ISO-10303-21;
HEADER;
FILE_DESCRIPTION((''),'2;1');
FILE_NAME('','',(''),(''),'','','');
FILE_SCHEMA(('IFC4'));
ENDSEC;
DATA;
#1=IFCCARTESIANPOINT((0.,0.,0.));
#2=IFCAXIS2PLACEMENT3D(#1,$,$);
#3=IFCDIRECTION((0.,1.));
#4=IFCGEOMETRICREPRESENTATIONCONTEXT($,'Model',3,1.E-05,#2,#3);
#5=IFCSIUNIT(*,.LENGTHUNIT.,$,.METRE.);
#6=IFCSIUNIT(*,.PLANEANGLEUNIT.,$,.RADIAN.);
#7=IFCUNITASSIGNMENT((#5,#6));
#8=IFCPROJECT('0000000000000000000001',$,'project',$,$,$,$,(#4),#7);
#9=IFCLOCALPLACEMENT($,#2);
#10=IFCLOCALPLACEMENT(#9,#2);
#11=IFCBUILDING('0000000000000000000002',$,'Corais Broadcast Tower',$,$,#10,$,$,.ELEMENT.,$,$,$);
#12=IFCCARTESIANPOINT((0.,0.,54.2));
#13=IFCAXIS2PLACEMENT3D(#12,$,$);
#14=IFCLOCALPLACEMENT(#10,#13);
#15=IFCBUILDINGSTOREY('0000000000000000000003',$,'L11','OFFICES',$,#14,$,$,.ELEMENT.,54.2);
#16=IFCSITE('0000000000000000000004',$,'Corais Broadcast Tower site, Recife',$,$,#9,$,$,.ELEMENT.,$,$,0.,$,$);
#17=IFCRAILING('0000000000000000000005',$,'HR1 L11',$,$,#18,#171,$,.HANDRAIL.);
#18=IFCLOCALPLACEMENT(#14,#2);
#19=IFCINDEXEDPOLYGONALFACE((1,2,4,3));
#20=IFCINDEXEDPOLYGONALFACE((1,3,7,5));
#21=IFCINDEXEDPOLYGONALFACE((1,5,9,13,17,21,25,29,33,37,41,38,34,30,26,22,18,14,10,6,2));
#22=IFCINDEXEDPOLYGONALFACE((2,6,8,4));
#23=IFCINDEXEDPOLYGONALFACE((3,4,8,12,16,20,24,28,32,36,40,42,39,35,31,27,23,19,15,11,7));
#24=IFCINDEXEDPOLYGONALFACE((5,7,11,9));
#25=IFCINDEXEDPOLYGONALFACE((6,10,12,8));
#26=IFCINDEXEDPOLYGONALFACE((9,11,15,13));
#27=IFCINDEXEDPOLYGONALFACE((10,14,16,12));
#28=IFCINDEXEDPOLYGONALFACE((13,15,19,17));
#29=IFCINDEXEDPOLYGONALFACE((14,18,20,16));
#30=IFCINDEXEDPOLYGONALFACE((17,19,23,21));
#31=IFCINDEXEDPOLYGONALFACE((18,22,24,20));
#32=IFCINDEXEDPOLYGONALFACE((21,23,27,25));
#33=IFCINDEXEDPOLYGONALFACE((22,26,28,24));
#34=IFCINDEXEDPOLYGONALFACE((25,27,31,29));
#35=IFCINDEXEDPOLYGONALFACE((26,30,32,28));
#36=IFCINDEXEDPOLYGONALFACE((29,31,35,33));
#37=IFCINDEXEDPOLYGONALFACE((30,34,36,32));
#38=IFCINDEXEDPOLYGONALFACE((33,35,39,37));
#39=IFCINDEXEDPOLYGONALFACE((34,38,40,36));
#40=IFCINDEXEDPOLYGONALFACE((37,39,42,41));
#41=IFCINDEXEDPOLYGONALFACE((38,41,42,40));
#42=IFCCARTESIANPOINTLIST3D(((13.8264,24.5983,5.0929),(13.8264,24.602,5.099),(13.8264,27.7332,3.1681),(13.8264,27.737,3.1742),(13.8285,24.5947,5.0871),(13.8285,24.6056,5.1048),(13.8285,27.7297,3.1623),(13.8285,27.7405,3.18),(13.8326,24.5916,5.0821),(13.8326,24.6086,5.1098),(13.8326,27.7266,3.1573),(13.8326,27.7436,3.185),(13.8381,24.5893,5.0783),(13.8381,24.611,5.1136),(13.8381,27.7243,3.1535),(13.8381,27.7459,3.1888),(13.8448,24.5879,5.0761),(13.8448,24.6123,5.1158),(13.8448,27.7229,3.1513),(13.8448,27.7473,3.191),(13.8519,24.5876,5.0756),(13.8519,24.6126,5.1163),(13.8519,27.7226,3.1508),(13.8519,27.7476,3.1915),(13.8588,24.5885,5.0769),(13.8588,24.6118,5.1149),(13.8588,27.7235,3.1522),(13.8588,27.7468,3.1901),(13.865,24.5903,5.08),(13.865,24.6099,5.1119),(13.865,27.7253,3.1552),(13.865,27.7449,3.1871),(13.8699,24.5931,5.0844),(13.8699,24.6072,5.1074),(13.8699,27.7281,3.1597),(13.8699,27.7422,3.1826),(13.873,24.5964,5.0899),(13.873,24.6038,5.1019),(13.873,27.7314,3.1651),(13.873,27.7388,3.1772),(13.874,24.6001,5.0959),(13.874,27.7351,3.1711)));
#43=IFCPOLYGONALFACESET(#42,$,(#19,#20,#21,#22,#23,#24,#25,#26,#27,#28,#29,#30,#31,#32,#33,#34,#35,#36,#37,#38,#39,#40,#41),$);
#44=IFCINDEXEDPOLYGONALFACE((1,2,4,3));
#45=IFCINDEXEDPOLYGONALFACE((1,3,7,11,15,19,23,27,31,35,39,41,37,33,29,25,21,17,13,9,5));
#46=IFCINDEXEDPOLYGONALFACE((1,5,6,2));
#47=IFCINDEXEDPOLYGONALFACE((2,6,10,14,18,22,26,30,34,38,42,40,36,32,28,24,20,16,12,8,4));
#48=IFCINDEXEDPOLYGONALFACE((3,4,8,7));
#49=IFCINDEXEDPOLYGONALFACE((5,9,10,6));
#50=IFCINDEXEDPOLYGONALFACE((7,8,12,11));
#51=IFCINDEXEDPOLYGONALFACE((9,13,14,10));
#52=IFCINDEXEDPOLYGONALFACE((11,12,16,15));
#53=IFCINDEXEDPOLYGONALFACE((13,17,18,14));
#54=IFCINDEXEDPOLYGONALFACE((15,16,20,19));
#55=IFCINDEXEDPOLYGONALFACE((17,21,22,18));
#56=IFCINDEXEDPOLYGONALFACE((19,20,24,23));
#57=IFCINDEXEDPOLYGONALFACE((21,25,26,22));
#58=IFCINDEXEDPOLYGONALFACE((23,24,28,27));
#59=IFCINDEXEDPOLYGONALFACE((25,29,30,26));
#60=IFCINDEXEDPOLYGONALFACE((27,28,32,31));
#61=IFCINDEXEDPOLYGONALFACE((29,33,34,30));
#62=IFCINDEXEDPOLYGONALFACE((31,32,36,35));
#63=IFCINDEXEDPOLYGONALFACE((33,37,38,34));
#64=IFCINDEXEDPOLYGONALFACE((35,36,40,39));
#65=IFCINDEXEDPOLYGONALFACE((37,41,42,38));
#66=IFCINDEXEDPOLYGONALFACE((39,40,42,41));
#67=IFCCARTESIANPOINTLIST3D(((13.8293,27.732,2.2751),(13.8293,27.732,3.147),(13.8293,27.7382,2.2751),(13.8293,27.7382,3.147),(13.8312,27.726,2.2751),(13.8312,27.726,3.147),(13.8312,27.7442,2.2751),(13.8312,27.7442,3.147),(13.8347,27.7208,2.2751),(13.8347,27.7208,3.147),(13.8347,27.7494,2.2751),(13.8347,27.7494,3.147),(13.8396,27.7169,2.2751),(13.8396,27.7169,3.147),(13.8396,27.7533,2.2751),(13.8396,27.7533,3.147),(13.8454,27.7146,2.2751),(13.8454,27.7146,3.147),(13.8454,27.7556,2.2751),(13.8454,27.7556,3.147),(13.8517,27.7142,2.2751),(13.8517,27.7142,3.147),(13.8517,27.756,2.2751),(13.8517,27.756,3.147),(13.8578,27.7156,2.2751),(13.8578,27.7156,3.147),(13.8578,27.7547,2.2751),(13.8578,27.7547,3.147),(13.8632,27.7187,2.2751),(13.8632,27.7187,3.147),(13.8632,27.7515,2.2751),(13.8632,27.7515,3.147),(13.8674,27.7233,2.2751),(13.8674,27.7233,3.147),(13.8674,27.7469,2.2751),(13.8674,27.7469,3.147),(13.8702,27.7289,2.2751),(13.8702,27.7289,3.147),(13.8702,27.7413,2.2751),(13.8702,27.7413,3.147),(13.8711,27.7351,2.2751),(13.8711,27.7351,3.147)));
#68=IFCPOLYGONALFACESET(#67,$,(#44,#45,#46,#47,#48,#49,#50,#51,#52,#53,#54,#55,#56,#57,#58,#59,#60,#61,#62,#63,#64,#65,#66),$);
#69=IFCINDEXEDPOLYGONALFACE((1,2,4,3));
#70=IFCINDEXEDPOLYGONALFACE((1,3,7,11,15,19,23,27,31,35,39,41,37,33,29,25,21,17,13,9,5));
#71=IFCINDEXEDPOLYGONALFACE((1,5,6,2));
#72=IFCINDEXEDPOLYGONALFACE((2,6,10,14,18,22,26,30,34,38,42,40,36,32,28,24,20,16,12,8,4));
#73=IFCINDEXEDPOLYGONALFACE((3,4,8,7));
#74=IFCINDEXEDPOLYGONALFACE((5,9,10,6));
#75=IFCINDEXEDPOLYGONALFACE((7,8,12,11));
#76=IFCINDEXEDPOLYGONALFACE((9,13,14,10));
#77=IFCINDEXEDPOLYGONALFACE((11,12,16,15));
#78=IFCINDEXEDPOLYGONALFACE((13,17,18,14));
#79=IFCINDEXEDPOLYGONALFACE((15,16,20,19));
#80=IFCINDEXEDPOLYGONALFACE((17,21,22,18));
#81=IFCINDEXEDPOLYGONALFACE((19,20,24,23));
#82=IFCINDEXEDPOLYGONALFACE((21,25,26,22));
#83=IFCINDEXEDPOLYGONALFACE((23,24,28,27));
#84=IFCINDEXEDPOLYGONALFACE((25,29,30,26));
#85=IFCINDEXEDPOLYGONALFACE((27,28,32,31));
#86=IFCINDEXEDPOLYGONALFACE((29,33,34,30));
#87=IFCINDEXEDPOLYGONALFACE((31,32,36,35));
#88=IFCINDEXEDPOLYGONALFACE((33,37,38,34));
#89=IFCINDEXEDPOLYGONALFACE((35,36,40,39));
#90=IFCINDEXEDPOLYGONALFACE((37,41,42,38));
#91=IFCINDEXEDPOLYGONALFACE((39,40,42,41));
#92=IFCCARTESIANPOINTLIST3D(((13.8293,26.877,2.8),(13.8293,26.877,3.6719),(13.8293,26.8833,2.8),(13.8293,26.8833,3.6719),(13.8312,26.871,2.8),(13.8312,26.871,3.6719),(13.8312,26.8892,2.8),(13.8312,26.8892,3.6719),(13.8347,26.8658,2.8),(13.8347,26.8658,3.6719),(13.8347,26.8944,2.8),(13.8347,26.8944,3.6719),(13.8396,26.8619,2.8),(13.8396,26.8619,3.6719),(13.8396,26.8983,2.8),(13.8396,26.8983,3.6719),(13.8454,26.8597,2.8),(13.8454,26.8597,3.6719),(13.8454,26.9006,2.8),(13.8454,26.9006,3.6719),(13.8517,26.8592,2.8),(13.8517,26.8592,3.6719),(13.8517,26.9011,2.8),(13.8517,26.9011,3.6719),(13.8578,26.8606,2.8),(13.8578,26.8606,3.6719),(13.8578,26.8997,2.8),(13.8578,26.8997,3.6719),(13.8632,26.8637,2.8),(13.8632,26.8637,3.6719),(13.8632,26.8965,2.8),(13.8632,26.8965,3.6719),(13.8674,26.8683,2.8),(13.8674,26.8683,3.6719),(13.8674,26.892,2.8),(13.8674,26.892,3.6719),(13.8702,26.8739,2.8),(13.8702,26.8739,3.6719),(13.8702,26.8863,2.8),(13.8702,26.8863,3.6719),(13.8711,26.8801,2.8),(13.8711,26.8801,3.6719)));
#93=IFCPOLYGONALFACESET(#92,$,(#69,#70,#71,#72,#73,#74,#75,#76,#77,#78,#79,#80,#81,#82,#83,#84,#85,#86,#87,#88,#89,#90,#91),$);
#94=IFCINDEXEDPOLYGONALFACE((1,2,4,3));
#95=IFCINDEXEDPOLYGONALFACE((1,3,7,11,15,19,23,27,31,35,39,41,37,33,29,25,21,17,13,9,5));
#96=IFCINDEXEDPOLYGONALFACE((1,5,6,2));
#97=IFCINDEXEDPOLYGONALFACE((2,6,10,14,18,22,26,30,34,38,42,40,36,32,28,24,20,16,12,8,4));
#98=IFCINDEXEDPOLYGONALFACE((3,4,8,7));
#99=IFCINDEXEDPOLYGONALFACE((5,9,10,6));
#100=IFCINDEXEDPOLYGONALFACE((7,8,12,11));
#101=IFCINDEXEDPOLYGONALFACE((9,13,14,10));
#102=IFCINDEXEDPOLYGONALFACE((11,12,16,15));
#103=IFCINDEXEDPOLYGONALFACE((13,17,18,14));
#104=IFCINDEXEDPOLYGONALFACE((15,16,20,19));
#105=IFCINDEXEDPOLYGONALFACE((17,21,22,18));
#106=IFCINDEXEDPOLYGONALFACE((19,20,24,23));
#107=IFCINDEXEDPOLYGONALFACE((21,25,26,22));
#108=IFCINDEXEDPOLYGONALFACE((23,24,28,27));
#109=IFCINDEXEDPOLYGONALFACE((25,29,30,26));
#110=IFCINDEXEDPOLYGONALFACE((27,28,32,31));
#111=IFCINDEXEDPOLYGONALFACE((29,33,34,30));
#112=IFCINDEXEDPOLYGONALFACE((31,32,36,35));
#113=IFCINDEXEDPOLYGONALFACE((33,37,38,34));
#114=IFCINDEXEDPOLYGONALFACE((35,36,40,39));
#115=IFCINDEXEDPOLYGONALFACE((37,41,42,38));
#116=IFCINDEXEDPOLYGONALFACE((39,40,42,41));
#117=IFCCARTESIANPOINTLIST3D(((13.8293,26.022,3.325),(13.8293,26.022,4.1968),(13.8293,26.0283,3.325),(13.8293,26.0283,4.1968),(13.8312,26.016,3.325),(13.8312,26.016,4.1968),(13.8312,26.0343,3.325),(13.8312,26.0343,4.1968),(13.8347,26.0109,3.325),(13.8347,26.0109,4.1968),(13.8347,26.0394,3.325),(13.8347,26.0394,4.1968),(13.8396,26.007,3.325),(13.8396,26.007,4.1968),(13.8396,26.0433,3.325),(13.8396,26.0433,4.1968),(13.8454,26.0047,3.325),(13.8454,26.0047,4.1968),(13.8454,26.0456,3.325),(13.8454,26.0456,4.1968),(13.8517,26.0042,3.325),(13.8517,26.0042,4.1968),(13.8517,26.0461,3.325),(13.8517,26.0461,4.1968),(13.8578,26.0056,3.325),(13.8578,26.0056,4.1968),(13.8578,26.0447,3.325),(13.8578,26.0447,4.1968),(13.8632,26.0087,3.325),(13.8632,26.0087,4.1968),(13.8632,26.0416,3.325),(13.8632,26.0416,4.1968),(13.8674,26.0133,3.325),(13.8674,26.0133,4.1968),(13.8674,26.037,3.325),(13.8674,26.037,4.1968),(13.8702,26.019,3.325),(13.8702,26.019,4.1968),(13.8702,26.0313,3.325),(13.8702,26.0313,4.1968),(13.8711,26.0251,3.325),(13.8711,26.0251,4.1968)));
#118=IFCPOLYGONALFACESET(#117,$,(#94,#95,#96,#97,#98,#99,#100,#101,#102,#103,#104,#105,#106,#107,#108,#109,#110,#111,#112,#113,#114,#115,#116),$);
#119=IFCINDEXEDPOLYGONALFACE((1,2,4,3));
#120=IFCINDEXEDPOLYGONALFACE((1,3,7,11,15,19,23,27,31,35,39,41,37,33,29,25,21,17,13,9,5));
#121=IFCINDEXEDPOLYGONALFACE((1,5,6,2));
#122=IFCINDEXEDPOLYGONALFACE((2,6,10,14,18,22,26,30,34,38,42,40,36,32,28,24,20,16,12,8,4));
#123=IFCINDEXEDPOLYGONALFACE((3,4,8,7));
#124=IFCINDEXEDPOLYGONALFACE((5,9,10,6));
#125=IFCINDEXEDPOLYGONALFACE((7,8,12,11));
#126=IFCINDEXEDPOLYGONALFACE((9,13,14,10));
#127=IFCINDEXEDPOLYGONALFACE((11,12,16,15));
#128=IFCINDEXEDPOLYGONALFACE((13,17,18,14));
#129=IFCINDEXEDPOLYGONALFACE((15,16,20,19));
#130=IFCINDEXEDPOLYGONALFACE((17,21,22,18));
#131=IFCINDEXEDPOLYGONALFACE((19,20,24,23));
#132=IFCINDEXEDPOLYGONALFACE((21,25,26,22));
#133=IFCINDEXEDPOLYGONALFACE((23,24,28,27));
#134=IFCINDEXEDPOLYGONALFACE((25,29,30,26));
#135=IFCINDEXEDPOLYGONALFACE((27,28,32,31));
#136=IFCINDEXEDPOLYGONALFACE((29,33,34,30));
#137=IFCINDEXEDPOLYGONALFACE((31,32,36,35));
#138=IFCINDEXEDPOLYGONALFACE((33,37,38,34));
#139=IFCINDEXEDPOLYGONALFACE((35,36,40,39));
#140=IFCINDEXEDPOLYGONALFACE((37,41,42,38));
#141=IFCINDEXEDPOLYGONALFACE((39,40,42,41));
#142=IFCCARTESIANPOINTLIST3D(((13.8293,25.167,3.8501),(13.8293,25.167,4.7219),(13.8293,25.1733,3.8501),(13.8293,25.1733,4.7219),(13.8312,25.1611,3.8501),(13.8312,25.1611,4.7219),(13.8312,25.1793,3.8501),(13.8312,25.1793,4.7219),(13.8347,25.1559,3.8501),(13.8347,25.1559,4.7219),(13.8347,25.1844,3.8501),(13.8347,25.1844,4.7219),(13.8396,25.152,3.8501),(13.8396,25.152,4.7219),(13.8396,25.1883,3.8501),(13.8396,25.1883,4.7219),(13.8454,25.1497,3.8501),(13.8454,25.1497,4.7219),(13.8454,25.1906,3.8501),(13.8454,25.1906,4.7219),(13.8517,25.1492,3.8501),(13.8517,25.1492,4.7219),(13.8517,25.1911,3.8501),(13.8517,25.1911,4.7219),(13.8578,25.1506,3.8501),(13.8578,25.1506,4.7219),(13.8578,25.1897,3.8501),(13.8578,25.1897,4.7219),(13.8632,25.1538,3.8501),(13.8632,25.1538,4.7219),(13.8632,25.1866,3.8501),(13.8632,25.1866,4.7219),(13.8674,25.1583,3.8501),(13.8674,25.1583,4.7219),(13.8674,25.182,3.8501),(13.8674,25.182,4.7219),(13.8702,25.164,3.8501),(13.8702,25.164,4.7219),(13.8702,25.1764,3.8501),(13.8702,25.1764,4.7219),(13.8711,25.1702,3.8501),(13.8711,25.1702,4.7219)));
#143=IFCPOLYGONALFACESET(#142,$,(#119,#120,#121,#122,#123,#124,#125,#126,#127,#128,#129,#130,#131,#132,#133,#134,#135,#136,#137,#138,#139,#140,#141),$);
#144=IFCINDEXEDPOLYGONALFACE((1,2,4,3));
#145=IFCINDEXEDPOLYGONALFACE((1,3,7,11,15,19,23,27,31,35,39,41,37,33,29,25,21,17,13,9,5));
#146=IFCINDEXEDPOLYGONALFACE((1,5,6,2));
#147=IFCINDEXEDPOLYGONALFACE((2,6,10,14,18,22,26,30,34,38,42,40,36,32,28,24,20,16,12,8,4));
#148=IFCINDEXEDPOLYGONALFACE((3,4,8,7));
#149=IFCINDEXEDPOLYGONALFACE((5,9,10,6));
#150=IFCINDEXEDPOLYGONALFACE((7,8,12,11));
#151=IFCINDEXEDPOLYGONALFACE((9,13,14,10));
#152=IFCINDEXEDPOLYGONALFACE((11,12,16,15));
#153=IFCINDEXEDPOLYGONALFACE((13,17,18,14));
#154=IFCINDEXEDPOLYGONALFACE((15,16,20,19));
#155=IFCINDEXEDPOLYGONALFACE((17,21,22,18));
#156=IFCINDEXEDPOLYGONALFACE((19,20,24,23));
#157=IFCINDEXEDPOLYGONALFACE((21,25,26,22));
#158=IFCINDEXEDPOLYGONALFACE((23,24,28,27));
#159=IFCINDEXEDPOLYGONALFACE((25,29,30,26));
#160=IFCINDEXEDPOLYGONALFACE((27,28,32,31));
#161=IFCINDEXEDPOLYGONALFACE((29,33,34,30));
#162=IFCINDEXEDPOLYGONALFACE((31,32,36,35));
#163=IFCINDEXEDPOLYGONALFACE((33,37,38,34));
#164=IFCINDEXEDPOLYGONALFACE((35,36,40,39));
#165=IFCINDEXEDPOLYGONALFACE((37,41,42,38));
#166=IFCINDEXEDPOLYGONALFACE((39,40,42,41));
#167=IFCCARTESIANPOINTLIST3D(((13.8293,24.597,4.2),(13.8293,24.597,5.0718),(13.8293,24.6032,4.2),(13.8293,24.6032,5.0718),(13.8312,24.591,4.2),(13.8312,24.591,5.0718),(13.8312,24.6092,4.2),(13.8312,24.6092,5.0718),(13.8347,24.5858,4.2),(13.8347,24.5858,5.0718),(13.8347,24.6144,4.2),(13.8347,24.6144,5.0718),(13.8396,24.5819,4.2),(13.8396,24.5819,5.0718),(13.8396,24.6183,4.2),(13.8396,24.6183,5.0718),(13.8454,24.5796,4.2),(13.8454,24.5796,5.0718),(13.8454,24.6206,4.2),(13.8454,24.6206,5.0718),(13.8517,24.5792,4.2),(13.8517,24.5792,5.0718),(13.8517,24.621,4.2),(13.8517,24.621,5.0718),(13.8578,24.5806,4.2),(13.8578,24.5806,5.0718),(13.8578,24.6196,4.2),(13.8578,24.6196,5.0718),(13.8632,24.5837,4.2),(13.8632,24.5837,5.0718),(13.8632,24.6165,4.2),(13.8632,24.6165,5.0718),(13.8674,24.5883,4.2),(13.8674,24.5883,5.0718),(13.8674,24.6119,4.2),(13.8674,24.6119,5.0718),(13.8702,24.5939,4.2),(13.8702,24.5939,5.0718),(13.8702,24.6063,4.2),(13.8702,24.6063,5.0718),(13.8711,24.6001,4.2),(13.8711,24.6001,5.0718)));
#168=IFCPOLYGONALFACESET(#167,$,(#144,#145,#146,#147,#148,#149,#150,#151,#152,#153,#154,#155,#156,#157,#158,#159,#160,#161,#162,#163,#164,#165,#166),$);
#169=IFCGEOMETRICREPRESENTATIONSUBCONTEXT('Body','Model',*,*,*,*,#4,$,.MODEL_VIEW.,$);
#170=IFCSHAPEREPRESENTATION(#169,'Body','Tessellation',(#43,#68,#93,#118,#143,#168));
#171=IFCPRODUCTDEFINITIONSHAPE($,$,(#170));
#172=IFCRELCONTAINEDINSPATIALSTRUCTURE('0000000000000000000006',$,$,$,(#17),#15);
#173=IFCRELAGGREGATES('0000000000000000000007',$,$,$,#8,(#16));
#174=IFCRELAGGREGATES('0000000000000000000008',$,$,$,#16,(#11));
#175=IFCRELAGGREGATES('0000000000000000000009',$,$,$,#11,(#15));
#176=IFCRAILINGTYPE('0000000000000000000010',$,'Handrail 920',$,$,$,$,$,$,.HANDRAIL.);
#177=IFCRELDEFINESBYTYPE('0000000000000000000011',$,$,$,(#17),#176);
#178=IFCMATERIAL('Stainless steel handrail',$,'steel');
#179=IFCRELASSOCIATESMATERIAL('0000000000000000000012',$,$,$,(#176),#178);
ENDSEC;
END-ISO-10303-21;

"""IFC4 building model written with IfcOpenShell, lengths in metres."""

from ifc_helpers import new_model, si_unit, direction, frame, origin, origin_2d, place, context, subcontext, project, spatial, circle, extrude, material, type_object, element, save


model = new_model("IFC4")

# Units and contexts
model_context = context("Model", 3, precision=1e-05, world=origin(), true_north=direction((0.0, 1.0)))
body_context = subcontext(model_context, "Body", "Model", "MODEL_VIEW")
ifc_project = project(units=[si_unit("LENGTHUNIT", "METRE"), si_unit("PLANEANGLEUNIT", "RADIAN")], contexts=[model_context])

# Site, building, storey
site_placement = place(None, origin())
site = spatial("IfcSite", under=ifc_project, at=site_placement, Name="Corais Broadcast Tower site, Recife", CompositionType="ELEMENT", RefElevation=0.0)
building_placement = place(site_placement, origin())
building = spatial("IfcBuilding", under=site, at=building_placement, Name="Corais Broadcast Tower", CompositionType="ELEMENT")
storey_placement = place(building_placement, frame((0.0, 0.0, 54.2)))
storey = spatial("IfcBuildingStorey", under=building, at=storey_placement, Name="L11", Description="OFFICES", CompositionType="ELEMENT", Elevation=54.2)

# Railing
ifc_material_1 = material(Name="Stainless steel handrail", Category="steel")
railing_type = type_object("IfcRailingType", Name="Handrail 920", PredefinedType="HANDRAIL", material=ifc_material_1)
for number, where, name in (
    (1, (13.8501, 27.7351, 2.2751), "HR1 L11"),
):
    element("IfcRailing", number, at=place(storey_placement, frame(where)), inside=storey, type_object=railing_type, Name=name, PredefinedType="HANDRAIL", context=body_context, shape_type="SweptSolid", body=[
        extrude(circle(Radius=0.0239, at=origin_2d()), frame((0.0, 0.0, 0.896), z_axis=(0.0, -0.852196, 0.523223), x_axis=(1.0, 0.0, 0.0)), (0.0, 0.0, 1.0), 3.6787),
        extrude(circle(Radius=0.021, at=origin_2d()), origin(), (0.0, 0.0, 1.0), 0.8718),
        extrude(circle(Radius=0.021, at=origin_2d()), frame((0.0, -0.855, 0.5249)), (0.0, 0.0, 1.0), 0.8718),
        extrude(circle(Radius=0.021, at=origin_2d()), frame((0.0, -1.71, 1.0498)), (0.0, 0.0, 1.0), 0.8718),
        extrude(circle(Radius=0.021, at=origin_2d()), frame((0.0, -2.5649, 1.575)), (0.0, 0.0, 1.0), 0.8718),
        extrude(circle(Radius=0.021, at=origin_2d()), frame((0.0, -3.135, 1.9248)), (0.0, 0.0, 1.0), 0.8718),
    ])

save(model, "model.ifc")
